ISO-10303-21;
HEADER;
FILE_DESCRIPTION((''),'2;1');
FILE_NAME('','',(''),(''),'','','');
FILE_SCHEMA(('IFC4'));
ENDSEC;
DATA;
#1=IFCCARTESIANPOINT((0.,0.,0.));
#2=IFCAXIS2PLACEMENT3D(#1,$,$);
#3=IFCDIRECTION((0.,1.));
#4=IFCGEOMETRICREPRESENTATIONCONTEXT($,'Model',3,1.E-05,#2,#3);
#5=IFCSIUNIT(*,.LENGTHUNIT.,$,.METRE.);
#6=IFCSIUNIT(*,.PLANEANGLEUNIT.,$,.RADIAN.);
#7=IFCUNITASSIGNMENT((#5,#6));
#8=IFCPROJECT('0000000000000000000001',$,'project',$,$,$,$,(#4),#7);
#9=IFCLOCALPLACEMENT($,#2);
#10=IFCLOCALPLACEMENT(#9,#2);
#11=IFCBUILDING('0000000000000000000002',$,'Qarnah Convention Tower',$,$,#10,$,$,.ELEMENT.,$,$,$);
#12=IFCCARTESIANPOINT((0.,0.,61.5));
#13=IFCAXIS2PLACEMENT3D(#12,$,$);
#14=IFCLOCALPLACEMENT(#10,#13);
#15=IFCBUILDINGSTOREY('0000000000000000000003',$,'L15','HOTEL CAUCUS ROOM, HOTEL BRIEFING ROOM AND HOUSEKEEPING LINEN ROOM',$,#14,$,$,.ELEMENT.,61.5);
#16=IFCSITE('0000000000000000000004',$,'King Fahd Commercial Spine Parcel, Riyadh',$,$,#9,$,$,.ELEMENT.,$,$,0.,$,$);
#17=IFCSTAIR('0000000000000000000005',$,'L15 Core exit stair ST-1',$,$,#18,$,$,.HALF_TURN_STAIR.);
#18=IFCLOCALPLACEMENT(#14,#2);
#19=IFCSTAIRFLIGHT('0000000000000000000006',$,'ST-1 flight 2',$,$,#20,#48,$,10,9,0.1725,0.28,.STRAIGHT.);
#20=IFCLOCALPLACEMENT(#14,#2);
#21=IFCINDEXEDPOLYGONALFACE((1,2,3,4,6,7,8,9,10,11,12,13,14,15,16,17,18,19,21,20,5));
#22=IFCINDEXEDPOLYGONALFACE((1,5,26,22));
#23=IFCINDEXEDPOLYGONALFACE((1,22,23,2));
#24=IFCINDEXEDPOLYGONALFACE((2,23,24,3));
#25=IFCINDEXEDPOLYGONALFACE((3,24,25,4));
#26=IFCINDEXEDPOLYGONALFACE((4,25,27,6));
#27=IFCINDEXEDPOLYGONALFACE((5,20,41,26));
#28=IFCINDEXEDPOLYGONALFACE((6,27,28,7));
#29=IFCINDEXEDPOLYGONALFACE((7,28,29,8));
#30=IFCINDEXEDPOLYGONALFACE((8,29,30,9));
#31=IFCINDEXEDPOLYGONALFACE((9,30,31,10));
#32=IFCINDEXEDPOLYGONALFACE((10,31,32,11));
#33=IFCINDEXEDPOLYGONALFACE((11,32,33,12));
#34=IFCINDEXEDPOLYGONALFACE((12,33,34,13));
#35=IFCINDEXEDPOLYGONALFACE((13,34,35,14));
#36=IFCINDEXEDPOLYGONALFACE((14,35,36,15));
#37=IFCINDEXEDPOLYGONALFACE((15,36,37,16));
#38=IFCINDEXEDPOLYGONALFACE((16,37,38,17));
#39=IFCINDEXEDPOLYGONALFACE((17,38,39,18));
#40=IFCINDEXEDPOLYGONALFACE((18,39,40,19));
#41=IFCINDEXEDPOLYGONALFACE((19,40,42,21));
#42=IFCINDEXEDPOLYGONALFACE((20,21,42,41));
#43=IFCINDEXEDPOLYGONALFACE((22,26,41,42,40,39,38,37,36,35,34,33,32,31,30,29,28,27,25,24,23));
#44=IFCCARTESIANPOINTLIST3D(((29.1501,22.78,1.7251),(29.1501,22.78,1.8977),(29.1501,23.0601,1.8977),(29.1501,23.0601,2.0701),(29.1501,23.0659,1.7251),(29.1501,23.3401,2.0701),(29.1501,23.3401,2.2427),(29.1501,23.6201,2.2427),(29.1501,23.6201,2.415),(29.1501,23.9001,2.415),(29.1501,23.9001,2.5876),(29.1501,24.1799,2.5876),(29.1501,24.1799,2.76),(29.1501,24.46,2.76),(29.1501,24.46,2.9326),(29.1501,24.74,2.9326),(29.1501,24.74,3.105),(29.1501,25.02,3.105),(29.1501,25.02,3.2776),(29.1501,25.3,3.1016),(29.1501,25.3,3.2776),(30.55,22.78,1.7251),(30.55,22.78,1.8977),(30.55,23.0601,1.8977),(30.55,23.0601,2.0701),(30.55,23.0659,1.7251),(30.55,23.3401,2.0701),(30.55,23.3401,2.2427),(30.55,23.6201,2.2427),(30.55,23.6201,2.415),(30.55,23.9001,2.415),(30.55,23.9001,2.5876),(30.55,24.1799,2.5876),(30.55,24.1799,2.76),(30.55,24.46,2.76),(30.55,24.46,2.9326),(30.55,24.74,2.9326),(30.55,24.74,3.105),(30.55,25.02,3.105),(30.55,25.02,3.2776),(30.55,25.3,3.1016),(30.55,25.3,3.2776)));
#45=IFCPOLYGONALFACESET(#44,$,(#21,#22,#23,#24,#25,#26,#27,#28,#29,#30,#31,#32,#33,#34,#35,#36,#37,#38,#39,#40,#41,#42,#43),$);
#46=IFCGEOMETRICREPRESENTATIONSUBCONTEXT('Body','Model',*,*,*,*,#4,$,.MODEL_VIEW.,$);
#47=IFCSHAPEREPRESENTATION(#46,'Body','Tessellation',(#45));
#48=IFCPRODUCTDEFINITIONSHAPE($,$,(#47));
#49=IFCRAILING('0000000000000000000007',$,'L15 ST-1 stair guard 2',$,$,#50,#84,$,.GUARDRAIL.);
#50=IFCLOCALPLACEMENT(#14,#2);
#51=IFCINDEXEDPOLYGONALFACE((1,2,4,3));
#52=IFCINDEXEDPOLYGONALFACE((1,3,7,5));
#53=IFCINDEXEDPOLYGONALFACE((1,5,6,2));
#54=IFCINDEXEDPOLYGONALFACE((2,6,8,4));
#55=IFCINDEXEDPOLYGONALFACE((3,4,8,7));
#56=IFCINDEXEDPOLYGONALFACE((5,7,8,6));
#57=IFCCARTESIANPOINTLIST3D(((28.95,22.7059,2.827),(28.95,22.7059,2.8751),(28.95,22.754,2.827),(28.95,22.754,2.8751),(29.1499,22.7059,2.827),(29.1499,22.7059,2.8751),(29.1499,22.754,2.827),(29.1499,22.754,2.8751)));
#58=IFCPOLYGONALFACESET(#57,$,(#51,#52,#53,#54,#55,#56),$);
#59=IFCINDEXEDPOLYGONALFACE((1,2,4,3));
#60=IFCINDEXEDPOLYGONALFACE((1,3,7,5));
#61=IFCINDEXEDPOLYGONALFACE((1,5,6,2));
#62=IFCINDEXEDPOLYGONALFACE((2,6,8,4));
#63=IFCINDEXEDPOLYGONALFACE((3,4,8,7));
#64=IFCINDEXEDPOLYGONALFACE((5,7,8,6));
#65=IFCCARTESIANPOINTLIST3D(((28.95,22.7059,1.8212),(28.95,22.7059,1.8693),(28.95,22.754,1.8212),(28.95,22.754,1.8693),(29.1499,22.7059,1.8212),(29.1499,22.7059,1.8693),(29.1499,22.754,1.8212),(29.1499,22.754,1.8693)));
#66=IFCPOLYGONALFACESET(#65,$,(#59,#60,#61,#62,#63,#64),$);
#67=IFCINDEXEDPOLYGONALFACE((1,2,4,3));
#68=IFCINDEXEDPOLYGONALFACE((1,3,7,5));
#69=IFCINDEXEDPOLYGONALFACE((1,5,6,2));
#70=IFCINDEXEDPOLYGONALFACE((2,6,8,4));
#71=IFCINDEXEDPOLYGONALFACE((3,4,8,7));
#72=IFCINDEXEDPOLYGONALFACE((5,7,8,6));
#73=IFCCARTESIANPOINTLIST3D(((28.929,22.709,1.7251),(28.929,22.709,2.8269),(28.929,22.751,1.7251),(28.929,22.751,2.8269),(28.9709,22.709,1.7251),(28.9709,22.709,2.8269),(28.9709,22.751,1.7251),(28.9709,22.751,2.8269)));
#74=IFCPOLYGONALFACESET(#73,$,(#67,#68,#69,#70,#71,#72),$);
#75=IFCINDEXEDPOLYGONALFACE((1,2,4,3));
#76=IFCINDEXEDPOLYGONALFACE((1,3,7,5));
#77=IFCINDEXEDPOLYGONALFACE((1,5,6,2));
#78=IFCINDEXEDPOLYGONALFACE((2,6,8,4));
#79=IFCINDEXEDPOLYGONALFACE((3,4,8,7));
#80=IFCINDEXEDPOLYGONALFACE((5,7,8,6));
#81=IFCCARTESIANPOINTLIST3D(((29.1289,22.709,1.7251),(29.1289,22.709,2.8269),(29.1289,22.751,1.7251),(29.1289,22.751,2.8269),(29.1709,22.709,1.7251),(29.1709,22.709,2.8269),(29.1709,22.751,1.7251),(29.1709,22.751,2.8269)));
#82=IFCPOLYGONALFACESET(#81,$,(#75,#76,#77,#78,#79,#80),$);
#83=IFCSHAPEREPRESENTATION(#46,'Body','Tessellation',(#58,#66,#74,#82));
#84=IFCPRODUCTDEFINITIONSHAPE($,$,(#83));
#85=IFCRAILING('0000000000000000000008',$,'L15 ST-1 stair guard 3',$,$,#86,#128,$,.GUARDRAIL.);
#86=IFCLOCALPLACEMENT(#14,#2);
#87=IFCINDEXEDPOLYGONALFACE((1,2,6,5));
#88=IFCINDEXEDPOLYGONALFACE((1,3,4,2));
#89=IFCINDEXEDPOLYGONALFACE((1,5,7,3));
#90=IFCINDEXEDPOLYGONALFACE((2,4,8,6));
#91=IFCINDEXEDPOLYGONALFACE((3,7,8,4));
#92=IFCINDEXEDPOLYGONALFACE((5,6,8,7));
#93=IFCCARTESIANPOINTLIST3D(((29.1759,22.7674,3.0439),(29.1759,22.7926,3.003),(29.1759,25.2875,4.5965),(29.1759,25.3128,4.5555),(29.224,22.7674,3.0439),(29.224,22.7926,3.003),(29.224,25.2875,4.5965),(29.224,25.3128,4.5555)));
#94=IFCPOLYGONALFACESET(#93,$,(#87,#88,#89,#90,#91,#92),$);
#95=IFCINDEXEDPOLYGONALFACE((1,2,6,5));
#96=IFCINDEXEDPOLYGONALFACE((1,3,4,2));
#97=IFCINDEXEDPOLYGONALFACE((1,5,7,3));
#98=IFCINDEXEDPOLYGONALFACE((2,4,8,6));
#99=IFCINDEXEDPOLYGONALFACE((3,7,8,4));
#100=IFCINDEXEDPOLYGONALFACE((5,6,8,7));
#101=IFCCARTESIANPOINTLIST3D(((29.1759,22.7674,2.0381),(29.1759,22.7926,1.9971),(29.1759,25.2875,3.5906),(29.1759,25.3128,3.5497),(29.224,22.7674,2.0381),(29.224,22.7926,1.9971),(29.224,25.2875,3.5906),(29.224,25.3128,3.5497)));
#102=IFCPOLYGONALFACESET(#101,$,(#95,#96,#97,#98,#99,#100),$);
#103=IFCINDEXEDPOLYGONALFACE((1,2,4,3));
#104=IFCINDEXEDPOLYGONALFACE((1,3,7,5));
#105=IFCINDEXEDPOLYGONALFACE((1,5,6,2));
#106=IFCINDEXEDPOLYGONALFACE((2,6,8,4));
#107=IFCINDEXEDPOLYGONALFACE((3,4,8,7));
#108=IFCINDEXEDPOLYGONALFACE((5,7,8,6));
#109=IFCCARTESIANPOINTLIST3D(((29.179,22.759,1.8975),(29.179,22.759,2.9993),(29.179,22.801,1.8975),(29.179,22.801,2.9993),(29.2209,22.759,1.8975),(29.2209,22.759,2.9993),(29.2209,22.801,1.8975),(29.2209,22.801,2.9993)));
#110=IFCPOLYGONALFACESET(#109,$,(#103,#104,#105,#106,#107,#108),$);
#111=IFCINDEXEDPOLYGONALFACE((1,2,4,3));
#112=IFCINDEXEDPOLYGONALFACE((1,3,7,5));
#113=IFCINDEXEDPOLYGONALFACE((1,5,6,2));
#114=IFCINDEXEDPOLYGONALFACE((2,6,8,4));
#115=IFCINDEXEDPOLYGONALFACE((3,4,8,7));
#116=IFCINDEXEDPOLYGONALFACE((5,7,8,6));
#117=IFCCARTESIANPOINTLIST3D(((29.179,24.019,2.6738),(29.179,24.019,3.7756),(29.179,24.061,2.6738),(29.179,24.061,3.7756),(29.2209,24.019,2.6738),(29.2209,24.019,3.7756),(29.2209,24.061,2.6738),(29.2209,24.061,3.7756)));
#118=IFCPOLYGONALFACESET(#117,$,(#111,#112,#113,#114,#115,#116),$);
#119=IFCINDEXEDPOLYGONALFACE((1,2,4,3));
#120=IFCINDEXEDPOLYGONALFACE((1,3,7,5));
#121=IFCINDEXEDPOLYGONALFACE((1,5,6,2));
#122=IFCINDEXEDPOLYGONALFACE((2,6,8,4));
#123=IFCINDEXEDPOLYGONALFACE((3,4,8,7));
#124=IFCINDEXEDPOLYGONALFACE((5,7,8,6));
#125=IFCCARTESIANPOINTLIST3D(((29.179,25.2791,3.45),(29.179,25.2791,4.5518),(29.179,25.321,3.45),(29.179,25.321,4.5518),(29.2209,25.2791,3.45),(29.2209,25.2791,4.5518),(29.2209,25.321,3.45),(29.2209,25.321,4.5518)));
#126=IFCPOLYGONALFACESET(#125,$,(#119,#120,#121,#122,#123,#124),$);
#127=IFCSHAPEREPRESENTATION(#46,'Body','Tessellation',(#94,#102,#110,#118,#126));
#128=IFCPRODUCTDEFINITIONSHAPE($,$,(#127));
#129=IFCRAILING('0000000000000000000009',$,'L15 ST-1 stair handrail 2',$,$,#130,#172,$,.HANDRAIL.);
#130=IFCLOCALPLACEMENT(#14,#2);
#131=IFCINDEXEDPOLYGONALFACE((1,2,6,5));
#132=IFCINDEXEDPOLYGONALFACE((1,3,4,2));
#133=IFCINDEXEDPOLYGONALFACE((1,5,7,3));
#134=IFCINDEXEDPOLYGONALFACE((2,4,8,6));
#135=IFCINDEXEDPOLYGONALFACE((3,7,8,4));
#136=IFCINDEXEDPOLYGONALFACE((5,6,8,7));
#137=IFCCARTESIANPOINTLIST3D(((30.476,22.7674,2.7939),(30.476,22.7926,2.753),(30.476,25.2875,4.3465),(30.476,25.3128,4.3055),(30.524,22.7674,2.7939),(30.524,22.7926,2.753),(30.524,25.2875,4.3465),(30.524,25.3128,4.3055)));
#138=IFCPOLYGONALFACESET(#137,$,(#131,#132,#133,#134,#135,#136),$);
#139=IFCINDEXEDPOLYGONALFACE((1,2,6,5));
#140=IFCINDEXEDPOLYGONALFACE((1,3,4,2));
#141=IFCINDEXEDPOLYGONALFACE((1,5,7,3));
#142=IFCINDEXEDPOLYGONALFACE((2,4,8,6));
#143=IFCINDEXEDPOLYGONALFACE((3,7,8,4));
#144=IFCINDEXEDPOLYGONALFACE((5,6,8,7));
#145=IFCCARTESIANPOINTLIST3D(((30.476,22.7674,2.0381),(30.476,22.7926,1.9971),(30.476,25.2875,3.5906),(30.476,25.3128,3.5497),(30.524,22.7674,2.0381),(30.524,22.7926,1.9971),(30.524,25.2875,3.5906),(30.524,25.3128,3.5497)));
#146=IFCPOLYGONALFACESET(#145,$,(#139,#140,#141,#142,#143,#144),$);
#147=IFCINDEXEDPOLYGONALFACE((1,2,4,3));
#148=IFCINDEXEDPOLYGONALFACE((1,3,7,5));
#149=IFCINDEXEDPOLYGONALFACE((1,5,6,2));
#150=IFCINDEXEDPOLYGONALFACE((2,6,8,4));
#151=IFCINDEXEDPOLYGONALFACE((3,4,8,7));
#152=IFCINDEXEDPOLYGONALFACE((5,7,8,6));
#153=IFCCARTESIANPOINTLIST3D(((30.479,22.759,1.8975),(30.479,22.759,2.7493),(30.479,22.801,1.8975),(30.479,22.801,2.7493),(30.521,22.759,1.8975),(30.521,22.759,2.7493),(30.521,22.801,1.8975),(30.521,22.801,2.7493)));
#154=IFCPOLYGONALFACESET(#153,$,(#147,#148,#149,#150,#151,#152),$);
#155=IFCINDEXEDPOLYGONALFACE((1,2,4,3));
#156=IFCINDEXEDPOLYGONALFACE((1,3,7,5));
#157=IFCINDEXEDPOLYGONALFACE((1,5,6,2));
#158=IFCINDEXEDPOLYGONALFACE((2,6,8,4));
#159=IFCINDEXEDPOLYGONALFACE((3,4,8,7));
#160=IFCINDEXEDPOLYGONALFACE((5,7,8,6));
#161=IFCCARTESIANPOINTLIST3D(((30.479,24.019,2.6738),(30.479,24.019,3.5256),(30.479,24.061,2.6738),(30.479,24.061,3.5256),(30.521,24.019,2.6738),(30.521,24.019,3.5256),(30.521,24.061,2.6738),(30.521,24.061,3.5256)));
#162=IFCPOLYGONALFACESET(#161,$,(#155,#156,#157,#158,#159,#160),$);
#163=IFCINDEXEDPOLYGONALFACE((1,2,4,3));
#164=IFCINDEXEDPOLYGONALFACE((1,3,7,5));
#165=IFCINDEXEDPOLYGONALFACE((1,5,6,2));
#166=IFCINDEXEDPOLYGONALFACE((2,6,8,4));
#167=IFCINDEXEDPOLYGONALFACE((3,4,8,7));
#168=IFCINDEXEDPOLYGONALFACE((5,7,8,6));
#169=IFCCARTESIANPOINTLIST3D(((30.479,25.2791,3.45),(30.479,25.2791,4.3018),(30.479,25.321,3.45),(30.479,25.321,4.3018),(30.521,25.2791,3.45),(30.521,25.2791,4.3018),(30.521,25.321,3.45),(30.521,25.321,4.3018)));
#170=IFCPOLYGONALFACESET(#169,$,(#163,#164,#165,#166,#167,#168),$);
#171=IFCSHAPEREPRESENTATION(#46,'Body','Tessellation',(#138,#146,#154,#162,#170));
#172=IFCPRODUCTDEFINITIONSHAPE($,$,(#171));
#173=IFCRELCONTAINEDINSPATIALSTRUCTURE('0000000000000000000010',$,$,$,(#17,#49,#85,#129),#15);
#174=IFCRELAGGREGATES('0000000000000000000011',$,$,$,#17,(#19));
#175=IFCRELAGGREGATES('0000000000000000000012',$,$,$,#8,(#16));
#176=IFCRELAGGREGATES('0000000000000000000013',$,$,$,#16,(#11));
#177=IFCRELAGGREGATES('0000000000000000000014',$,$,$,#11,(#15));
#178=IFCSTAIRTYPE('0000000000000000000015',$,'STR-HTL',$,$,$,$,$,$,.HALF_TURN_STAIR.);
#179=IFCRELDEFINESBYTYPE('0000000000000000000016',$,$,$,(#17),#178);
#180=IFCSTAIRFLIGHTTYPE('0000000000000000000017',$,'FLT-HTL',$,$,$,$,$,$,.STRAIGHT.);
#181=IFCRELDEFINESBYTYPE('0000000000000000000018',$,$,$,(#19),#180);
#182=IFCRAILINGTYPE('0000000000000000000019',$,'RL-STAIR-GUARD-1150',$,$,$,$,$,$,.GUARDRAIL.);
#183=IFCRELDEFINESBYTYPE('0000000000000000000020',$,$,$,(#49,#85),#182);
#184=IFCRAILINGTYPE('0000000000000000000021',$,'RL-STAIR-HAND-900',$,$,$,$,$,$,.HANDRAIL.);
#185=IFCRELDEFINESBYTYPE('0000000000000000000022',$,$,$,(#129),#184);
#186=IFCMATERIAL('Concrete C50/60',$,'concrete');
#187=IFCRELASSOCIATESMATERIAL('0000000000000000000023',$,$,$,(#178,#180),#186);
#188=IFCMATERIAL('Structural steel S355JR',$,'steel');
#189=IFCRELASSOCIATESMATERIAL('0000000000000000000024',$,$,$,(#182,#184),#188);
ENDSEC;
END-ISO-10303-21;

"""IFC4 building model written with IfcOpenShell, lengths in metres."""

from ifc_helpers import new_model, si_unit, direction, frame, origin, origin_2d, place, context, subcontext, project, spatial, polyline, rectangle, outline, extrude, material, type_object, element, aggregate, save


model = new_model("IFC4")

# Units and contexts
model_context = context("Model", 3, precision=1e-05, world=origin(), true_north=direction((0.0, 1.0)))
body_context = subcontext(model_context, "Body", "Model", "MODEL_VIEW")
ifc_project = project(units=[si_unit("LENGTHUNIT", "METRE"), si_unit("PLANEANGLEUNIT", "RADIAN")], contexts=[model_context])

# Site, building, storey
site_placement = place(None, origin())
site = spatial("IfcSite", under=ifc_project, at=site_placement, Name="King Fahd Commercial Spine Parcel, Riyadh", CompositionType="ELEMENT", RefElevation=0.0)
building_placement = place(site_placement, origin())
building = spatial("IfcBuilding", under=site, at=building_placement, Name="Qarnah Convention Tower", CompositionType="ELEMENT")
storey_placement = place(building_placement, frame((0.0, 0.0, 61.5)))
storey = spatial("IfcBuildingStorey", under=building, at=storey_placement, Name="L15", Description="HOTEL CAUCUS ROOM, HOTEL BRIEFING ROOM AND HOUSEKEEPING LINEN ROOM", CompositionType="ELEMENT", Elevation=61.5)

# Shared definitions
ifc_material_1 = material(Name="Structural steel S355JR", Category="steel")

# Stair, stair flight
ifc_material_2 = material(Name="Concrete C50/60", Category="concrete")
stair_type = type_object("IfcStairType", Name="STR-HTL", PredefinedType="HALF_TURN_STAIR", material=ifc_material_2)
stair_placement = place(storey_placement, origin())
stair = element("IfcStair", 1, at=stair_placement, inside=storey, type_object=stair_type, Name="L15 Core exit stair ST-1", PredefinedType="HALF_TURN_STAIR")
stair_flight_type = type_object("IfcStairFlightType", Name="FLT-HTL", PredefinedType="STRAIGHT", material=ifc_material_2)
stair_flight_placement = place(storey_placement, frame((29.8501, 22.78, 1.7251), z_axis=(0.0, 0.0, 1.0), x_axis=(0.0, 1.0, 0.0)))
stair_flight = element("IfcStairFlight", 2, at=stair_flight_placement, type_object=stair_flight_type, Name="ST-1 flight 2", NumberOfRisers=10, NumberOfTreads=9, PredefinedType="STRAIGHT", RiserHeight=0.1725, TreadLength=0.28, context=body_context, shape_type="SweptSolid", body=[
    extrude(outline(polyline([(0.0, 0.0), (0.0, 0.1726), (0.28, 0.1726), (0.28, 0.345), (0.5601, 0.345), (0.5601, 0.5176), (0.8401, 0.5176), (0.8401, 0.6899), (1.1201, 0.6899), (1.1201, 0.8625), (1.3999, 0.8625), (1.3999, 1.0349), (1.6799, 1.0349), (1.6799, 1.2075), (1.96, 1.2075), (1.96, 1.3799), (2.24, 1.3799), (2.24, 1.5525), (2.52, 1.5525), (2.52, 1.7251), (2.52, 1.3765), (0.2859, 0.0), (0.0, 0.0)])), frame((0.0, 0.7, 0.0), z_axis=(0.0, -1.0, 0.0), x_axis=(1.0, 0.0, 0.0)), (0.0, 0.0, 1.0), 1.3999),
])
aggregate(stair, [stair_flight])

# Railings
railing_type_1 = type_object("IfcRailingType", Name="RL-STAIR-GUARD-1150", PredefinedType="GUARDRAIL", material=ifc_material_1)
railing_1_placement = place(storey_placement, frame((28.95, 22.73, 1.7251)))
element("IfcRailing", 3, at=railing_1_placement, inside=storey, type_object=railing_type_1, Name="L15 ST-1 stair guard 2", PredefinedType="GUARDRAIL", context=body_context, shape_type="SweptSolid", body=[
    extrude(rectangle(XDim=0.0481, YDim=0.0481, at=origin_2d()), frame((0.0, 0.0, 1.126), z_axis=(1.0, 0.0, 0.0), x_axis=(0.0, 1.0, 0.0)), (0.0, 0.0, 1.0), 0.2),
    extrude(rectangle(XDim=0.0481, YDim=0.0481, at=origin_2d()), frame((0.0, 0.0, 0.1201), z_axis=(1.0, 0.0, 0.0), x_axis=(0.0, 1.0, 0.0)), (0.0, 0.0, 1.0), 0.2),
    extrude(rectangle(XDim=0.042, YDim=0.042, at=origin_2d()), origin(), (0.0, 0.0, 1.0), 1.1018),
    extrude(rectangle(XDim=0.042, YDim=0.042, at=origin_2d()), frame((0.2, 0.0, 0.0)), (0.0, 0.0, 1.0), 1.1018),
])
railing_2_placement = place(storey_placement, frame((29.2, 22.78, 1.8975)))
element("IfcRailing", 4, at=railing_2_placement, inside=storey, type_object=railing_type_1, Name="L15 ST-1 stair guard 3", PredefinedType="GUARDRAIL", context=body_context, shape_type="SweptSolid", body=[
    extrude(rectangle(XDim=0.0481, YDim=0.0481, at=origin_2d()), frame((0.0, 0.0, 1.126), z_axis=(0.0, 0.8514, 0.524516), x_axis=(-1.0, 0.0, 0.0)), (0.0, 0.0, 1.0), 2.96),
    extrude(rectangle(XDim=0.0481, YDim=0.0481, at=origin_2d()), frame((0.0, 0.0, 0.1201), z_axis=(0.0, 0.8514, 0.524516), x_axis=(-1.0, 0.0, 0.0)), (0.0, 0.0, 1.0), 2.96),
    extrude(rectangle(XDim=0.042, YDim=0.042, at=origin_2d()), origin(), (0.0, 0.0, 1.0), 1.1018),
    extrude(rectangle(XDim=0.042, YDim=0.042, at=origin_2d()), frame((0.0, 1.26, 0.7764)), (0.0, 0.0, 1.0), 1.1018),
    extrude(rectangle(XDim=0.042, YDim=0.042, at=origin_2d()), frame((0.0, 2.52, 1.5525)), (0.0, 0.0, 1.0), 1.1018),
])
railing_type_2 = type_object("IfcRailingType", Name="RL-STAIR-HAND-900", PredefinedType="HANDRAIL", material=ifc_material_1)
railing_3_placement = place(storey_placement, frame((30.5, 22.78, 1.8975)))
element("IfcRailing", 5, at=railing_3_placement, inside=storey, type_object=railing_type_2, Name="L15 ST-1 stair handrail 2", PredefinedType="HANDRAIL", context=body_context, shape_type="SweptSolid", body=[
    extrude(rectangle(XDim=0.0481, YDim=0.0481, at=origin_2d()), frame((0.0, 0.0, 0.876), z_axis=(0.0, 0.8514, 0.524516), x_axis=(-1.0, 0.0, 0.0)), (0.0, 0.0, 1.0), 2.96),
    extrude(rectangle(XDim=0.0481, YDim=0.0481, at=origin_2d()), frame((0.0, 0.0, 0.1201), z_axis=(0.0, 0.8514, 0.524516), x_axis=(-1.0, 0.0, 0.0)), (0.0, 0.0, 1.0), 2.96),
    extrude(rectangle(XDim=0.042, YDim=0.042, at=origin_2d()), origin(), (0.0, 0.0, 1.0), 0.8518),
    extrude(rectangle(XDim=0.042, YDim=0.042, at=origin_2d()), frame((0.0, 1.26, 0.7764)), (0.0, 0.0, 1.0), 0.8518),
    extrude(rectangle(XDim=0.042, YDim=0.042, at=origin_2d()), frame((0.0, 2.52, 1.5525)), (0.0, 0.0, 1.0), 0.8518),
])

save(model, "model.ifc")
